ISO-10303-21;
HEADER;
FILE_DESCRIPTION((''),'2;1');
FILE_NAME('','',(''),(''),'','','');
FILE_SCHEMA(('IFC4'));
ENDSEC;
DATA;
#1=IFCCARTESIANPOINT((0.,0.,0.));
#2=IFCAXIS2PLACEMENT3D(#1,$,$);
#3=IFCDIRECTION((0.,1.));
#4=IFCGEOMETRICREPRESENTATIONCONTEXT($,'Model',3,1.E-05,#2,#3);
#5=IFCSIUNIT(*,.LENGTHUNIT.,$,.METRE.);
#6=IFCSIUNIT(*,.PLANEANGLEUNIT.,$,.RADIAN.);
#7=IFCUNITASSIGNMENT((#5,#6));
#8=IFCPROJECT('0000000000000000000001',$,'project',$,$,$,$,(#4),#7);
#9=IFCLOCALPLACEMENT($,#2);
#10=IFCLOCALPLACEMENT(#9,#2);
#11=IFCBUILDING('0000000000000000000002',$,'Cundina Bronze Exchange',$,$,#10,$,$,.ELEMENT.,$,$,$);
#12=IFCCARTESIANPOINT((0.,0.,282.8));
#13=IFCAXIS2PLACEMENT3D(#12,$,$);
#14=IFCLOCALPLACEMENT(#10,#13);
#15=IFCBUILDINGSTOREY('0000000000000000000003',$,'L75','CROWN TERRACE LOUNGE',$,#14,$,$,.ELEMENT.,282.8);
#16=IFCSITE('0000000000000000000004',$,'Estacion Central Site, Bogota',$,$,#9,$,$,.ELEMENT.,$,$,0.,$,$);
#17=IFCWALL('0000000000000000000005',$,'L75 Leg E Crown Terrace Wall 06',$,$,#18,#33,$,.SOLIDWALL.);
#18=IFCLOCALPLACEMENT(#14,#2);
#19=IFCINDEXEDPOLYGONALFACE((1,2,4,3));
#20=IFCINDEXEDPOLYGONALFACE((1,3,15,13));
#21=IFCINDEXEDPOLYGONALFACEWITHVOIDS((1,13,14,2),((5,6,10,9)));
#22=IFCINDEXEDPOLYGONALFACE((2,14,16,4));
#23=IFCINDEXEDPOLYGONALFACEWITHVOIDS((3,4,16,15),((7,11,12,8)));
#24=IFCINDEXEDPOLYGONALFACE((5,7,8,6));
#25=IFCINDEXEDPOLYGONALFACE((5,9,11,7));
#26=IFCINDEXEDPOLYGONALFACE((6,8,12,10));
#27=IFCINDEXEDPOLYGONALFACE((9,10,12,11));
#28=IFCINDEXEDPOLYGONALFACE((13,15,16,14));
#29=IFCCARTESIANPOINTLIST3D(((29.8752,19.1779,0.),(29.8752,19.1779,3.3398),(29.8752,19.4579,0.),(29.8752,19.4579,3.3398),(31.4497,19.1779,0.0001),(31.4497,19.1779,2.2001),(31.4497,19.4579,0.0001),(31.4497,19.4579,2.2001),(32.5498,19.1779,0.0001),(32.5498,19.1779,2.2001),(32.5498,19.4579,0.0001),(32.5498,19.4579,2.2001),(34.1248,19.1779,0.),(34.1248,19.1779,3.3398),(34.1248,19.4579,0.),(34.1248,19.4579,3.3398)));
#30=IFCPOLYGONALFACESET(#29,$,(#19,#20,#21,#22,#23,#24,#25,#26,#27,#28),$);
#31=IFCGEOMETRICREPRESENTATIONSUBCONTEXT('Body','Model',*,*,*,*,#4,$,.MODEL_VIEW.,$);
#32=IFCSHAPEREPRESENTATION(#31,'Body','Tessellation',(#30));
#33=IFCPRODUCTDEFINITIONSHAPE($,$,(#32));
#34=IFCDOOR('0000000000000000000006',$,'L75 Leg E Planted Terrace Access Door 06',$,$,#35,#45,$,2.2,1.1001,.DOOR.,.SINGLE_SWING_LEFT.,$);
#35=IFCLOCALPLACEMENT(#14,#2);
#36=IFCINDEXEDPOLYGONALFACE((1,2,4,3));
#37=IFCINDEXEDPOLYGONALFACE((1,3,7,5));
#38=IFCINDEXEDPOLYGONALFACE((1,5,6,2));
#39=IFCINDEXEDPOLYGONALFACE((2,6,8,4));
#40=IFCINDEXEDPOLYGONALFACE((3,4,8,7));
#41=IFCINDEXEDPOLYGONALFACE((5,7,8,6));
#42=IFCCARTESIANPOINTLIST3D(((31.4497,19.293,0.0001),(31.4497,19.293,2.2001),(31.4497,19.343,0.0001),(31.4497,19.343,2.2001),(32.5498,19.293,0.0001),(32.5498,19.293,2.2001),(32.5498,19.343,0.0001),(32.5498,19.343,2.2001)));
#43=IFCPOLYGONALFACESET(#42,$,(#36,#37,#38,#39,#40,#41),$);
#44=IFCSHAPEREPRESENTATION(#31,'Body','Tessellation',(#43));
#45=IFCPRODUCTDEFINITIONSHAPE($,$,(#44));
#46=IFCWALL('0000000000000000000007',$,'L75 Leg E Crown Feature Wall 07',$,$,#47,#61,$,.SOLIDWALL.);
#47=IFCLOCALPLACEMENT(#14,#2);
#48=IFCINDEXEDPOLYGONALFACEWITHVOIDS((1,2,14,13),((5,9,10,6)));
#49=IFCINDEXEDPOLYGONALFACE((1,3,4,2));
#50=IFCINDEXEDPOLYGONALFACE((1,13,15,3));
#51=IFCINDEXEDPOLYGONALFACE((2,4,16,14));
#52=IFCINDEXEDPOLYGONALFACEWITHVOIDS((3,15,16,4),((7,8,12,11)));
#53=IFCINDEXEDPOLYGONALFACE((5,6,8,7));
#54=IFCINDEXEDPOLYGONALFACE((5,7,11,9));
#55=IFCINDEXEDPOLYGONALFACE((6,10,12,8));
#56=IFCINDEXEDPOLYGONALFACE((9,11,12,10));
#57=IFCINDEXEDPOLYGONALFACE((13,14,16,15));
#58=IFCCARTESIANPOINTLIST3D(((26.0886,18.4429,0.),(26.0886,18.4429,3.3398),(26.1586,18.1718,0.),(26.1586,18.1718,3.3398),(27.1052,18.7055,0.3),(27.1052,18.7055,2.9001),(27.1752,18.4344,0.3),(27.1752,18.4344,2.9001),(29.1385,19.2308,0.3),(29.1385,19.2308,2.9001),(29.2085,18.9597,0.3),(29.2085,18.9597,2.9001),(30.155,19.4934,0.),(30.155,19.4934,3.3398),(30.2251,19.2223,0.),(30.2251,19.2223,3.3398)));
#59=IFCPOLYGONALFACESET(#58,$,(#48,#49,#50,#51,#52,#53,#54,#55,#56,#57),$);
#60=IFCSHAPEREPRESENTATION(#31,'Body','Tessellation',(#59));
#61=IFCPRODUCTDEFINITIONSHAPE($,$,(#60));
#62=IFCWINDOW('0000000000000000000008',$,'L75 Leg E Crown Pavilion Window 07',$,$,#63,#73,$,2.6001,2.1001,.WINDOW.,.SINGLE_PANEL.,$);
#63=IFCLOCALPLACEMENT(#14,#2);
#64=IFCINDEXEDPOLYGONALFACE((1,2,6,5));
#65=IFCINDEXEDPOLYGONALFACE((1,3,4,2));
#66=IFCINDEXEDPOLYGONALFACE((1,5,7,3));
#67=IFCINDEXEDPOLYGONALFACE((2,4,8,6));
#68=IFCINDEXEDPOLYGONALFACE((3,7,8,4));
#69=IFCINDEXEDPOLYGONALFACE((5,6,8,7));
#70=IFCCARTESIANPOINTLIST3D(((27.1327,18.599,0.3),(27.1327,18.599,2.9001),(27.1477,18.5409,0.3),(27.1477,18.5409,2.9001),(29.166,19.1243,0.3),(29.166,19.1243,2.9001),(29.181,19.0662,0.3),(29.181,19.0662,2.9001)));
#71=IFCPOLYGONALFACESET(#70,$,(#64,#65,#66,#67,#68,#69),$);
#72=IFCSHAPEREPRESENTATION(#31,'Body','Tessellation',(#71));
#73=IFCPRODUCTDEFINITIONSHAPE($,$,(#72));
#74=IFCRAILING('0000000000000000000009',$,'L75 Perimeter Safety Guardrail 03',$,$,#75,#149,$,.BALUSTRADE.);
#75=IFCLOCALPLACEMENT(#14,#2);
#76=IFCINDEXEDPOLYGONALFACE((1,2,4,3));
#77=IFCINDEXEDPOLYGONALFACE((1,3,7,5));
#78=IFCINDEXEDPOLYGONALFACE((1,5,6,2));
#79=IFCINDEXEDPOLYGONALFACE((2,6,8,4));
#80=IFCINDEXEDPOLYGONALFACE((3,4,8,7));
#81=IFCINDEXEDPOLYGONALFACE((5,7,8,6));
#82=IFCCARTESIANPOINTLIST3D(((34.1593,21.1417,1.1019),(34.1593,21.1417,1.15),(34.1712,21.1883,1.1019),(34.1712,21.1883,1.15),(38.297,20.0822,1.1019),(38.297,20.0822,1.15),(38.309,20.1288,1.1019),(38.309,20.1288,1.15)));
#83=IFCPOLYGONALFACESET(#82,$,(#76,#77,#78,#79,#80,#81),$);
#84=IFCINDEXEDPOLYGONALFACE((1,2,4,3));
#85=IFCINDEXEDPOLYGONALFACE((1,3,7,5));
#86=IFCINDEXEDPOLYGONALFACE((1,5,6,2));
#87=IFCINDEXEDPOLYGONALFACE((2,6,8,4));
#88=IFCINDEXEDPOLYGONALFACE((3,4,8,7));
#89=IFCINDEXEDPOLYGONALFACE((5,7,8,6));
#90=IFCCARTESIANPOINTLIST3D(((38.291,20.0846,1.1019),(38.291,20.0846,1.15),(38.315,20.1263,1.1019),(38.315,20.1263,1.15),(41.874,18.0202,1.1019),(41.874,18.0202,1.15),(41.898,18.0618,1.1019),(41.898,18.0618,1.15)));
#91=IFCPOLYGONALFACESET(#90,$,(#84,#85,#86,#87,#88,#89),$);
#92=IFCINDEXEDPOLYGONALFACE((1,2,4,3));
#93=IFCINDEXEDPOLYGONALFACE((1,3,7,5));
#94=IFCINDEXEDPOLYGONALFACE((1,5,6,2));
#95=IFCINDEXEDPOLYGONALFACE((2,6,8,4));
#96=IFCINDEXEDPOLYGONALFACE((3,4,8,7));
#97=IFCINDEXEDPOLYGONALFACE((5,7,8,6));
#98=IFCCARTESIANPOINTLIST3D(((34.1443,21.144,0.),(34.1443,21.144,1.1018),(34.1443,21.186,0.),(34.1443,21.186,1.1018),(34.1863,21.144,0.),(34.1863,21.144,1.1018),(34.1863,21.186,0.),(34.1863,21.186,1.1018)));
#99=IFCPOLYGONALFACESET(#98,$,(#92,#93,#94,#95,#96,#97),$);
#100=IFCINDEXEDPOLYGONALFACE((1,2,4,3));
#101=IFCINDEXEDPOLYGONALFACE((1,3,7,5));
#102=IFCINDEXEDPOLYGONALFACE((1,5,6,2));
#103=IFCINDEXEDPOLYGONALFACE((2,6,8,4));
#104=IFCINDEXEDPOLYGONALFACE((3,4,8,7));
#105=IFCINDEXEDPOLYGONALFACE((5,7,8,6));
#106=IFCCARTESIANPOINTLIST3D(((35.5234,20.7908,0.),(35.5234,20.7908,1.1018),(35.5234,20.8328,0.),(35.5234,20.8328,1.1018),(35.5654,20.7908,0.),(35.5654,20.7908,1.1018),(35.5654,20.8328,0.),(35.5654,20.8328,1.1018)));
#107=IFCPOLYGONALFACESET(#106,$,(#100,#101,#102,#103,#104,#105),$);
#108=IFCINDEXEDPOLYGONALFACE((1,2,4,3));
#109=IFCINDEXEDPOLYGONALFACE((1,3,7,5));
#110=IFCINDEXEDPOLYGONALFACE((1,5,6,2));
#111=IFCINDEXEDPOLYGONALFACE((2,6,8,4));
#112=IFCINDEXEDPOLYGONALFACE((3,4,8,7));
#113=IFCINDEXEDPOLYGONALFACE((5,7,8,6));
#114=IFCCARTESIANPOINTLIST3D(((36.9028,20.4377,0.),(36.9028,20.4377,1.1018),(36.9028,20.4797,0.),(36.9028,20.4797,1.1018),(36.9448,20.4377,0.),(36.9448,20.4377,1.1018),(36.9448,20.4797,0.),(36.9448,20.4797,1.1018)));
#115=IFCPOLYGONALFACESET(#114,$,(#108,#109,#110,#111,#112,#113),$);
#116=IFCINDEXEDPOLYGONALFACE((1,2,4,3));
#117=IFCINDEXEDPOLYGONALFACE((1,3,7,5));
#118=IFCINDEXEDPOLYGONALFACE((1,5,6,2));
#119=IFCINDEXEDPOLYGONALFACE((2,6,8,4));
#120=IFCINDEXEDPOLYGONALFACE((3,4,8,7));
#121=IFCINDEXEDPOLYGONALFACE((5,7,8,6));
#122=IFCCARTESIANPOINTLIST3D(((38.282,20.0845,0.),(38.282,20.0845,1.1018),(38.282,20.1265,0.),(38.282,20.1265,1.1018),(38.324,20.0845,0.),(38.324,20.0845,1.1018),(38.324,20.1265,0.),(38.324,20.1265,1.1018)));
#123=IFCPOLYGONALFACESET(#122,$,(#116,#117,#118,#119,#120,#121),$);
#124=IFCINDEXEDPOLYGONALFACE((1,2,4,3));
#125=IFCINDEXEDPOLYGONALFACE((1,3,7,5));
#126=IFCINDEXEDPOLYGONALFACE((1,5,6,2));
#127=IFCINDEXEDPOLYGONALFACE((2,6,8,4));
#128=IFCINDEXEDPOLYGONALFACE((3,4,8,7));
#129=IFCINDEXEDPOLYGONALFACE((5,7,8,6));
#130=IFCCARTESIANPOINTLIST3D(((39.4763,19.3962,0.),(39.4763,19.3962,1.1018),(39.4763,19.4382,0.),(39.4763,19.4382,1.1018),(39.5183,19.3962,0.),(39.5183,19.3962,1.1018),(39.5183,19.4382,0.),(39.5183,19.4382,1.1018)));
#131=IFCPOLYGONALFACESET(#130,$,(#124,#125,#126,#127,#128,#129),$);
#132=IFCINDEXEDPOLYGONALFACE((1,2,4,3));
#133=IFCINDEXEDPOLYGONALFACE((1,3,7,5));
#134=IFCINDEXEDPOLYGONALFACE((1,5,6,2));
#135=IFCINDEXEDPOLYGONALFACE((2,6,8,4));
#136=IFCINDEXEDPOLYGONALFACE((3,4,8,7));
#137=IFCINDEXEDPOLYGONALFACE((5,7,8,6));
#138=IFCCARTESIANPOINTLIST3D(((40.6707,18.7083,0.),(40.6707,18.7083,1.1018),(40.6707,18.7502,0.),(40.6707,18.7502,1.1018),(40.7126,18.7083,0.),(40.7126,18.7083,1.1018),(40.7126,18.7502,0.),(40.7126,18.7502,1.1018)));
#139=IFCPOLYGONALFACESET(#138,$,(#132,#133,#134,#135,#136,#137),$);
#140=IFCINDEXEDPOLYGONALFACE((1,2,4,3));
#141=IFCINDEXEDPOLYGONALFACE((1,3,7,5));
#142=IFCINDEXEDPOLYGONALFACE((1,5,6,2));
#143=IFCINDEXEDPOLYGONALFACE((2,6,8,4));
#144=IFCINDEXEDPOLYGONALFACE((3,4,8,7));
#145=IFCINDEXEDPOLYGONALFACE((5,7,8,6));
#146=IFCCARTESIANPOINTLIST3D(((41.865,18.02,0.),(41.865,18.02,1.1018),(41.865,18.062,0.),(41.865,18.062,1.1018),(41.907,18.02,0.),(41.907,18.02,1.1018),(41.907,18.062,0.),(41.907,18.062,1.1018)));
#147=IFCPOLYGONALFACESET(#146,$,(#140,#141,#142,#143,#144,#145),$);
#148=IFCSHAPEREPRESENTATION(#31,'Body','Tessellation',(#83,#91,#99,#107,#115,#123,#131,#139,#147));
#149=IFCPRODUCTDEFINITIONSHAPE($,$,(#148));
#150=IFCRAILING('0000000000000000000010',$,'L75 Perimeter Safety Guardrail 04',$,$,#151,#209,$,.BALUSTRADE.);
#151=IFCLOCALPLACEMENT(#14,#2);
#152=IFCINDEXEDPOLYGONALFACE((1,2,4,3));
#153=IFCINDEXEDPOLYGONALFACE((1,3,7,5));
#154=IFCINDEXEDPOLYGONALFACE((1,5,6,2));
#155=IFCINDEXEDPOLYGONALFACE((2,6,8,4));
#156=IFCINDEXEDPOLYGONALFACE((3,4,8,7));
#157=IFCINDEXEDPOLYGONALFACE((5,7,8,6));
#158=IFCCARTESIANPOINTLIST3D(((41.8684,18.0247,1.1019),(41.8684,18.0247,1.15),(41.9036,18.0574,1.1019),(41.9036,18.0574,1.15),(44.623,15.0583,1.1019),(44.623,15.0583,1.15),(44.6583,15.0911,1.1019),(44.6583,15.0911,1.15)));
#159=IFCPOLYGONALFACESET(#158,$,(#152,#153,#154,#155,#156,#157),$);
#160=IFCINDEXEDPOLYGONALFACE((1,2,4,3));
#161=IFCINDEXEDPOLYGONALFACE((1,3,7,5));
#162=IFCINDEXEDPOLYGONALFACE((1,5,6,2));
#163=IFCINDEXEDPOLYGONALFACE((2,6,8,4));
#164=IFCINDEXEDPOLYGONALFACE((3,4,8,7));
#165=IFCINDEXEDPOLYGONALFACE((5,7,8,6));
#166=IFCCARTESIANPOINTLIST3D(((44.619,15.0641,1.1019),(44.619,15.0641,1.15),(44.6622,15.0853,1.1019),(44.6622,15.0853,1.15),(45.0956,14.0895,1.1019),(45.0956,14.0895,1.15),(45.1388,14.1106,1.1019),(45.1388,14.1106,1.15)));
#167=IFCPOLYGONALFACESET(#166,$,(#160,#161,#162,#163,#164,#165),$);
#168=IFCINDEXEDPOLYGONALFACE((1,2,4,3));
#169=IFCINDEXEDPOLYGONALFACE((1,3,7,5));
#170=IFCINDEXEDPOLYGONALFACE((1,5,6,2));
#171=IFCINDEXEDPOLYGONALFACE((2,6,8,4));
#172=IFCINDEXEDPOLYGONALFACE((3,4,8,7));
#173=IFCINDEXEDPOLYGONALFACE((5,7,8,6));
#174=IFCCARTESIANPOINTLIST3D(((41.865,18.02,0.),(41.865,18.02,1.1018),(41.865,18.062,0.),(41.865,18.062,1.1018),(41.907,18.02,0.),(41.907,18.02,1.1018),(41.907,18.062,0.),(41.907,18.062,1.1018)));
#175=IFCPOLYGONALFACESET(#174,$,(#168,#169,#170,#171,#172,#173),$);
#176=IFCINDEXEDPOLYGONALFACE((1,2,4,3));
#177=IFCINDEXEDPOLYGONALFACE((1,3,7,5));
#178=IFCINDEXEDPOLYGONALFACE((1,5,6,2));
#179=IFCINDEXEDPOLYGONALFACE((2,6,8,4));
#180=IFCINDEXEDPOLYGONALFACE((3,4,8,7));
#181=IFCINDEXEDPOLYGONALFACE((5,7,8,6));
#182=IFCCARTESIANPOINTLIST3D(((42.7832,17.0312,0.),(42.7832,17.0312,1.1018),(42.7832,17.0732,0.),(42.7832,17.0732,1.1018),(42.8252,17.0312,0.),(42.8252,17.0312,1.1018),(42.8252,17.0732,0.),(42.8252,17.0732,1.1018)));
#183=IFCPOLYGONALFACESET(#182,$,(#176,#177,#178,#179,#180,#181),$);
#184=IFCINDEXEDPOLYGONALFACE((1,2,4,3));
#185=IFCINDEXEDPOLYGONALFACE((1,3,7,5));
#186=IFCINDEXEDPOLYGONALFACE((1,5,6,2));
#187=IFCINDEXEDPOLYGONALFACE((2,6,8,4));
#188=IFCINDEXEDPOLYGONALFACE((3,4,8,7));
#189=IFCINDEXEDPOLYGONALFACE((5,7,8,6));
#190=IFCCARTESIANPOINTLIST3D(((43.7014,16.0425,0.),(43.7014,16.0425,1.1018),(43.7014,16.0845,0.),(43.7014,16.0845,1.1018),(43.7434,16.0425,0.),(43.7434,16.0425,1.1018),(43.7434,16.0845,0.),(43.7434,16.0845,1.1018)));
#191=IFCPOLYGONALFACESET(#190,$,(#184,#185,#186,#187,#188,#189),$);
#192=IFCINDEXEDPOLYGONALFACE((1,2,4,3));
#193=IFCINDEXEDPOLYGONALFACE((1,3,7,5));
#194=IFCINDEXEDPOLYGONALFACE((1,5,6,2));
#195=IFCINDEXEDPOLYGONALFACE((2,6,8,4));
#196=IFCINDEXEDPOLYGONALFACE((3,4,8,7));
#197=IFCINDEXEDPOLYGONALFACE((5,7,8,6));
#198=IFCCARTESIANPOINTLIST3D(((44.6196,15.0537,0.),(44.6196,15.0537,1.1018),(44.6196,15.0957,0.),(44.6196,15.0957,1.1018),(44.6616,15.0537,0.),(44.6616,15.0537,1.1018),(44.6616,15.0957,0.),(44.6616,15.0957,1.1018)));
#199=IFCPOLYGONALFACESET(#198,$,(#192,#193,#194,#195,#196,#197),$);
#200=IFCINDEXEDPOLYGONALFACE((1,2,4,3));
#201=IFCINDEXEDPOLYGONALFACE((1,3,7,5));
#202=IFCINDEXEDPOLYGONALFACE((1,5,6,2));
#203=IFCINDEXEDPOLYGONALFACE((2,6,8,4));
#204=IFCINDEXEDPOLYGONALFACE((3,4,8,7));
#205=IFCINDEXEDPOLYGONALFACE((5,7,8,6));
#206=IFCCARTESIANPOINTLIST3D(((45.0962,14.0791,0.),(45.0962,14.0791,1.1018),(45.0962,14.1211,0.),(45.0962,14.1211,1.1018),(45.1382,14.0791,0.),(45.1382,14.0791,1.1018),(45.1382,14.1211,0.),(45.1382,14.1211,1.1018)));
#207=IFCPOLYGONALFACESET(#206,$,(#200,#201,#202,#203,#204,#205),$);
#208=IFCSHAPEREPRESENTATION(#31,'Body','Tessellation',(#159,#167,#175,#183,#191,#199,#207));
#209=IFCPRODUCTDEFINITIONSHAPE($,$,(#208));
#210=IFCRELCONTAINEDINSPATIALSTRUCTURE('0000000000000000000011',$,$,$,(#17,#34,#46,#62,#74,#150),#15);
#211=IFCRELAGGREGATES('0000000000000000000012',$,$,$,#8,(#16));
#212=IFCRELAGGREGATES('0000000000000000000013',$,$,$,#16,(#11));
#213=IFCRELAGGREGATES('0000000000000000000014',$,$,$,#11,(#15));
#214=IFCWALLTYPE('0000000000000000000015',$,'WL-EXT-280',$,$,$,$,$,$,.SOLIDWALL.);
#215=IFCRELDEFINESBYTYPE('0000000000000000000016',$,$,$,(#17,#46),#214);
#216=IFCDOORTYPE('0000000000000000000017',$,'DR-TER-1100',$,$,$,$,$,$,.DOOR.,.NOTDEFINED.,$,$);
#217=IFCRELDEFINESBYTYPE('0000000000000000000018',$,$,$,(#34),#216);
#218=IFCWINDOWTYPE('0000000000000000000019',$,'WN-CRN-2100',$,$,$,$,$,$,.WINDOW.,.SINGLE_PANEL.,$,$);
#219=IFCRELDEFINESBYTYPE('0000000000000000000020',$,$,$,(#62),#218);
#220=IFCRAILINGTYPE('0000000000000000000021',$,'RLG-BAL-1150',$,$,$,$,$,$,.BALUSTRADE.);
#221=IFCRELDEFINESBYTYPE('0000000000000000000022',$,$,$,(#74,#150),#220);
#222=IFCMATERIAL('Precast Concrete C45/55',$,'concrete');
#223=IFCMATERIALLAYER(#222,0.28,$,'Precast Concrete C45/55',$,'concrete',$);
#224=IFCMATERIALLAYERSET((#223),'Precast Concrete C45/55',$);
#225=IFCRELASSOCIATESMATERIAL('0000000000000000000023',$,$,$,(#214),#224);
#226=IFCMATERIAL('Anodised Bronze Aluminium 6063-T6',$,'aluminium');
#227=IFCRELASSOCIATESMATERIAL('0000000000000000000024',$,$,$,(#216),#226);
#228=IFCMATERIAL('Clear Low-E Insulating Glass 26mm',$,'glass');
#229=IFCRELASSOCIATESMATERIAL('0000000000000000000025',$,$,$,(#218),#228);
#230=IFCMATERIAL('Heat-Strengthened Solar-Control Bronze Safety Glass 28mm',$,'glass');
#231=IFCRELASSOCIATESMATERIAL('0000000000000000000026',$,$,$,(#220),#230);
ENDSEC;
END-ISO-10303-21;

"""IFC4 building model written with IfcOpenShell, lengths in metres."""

from ifc_helpers import new_model, si_unit, direction, frame, frame_2d, origin, origin_2d, place, context, subcontext, project, spatial, rectangle, extrude, material, layer, layer_set, type_object, element, fill, save


model = new_model("IFC4")

# Units and contexts
model_context = context("Model", 3, precision=1e-05, world=origin(), true_north=direction((0.0, 1.0)))
body_context = subcontext(model_context, "Body", "Model", "MODEL_VIEW")
ifc_project = project(units=[si_unit("LENGTHUNIT", "METRE"), si_unit("PLANEANGLEUNIT", "RADIAN")], contexts=[model_context])

# Site, building, storey
site_placement = place(None, origin())
site = spatial("IfcSite", under=ifc_project, at=site_placement, Name="Estacion Central Site, Bogota", CompositionType="ELEMENT", RefElevation=0.0)
building_placement = place(site_placement, origin())
building = spatial("IfcBuilding", under=site, at=building_placement, Name="Cundina Bronze Exchange", CompositionType="ELEMENT")
storey_placement = place(building_placement, frame((0.0, 0.0, 282.8)))
storey = spatial("IfcBuildingStorey", under=building, at=storey_placement, Name="L75", Description="CROWN TERRACE LOUNGE", CompositionType="ELEMENT", Elevation=282.8)

# Shared definitions
ifc_material_1 = material(Name="Anodised Bronze Aluminium 6063-T6", Category="aluminium")

# Shared definitions
ifc_material_2 = material(Name="Clear Low-E Insulating Glass 26mm", Category="glass")

# Wall, opening, door
ifc_material_3 = material(Name="Precast Concrete C45/55", Category="concrete")
ifc_layer_1 = layer(ifc_material_3, 0.28, Name="Precast Concrete C45/55", Category="concrete")
ifc_layer_set_1 = layer_set([ifc_layer_1], Name="Precast Concrete C45/55")
wall_type_1 = type_object("IfcWallType", Name="WL-EXT-280", PredefinedType="SOLIDWALL", material=ifc_layer_set_1)
wall_1_placement = place(storey_placement, frame((34.1248, 19.3179, 0.0), z_axis=(0.0, 0.0, 1.0), x_axis=(-1.0, 0.0, 0.0)))
wall_1 = element("IfcWall", 1, at=wall_1_placement, inside=storey, type_object=wall_type_1, Name="L75 Leg E Crown Terrace Wall 06", PredefinedType="SOLIDWALL", context=body_context, shape_type="SweptSolid", body=[
    extrude(rectangle(XDim=4.2495, YDim=0.28, at=frame_2d((2.1248, 0.0))), origin(), (0.0, 0.0, 1.0), 3.3398),
])
opening_1_placement = place(wall_1_placement, frame((1.575, 0.0, 0.0)))
opening_1 = element("IfcOpeningElement", 2, at=opening_1_placement, cuts=wall_1, PredefinedType="OPENING", context=body_context, shape_type="SweptSolid", body=[
    extrude(rectangle(XDim=1.1001, YDim=2.2, at=frame_2d((0.55, 1.1001))), frame((0.0, 0.1499, 0.0), z_axis=(0.0, -1.0, 0.0), x_axis=(1.0, 0.0, 0.0)), (0.0, 0.0, 1.0), 0.3),
])
door_type = type_object("IfcDoorType", Name="DR-TER-1100", OperationType="NOTDEFINED", PredefinedType="DOOR", material=ifc_material_1)
door_placement = place(opening_1_placement, origin())
door = element("IfcDoor", 3, at=door_placement, inside=storey, type_object=door_type, Name="L75 Leg E Planted Terrace Access Door 06", OperationType="SINGLE_SWING_LEFT", OverallHeight=2.2, OverallWidth=1.1001, PredefinedType="DOOR", context=body_context, shape_type="SweptSolid", body=[
    extrude(rectangle(XDim=1.1001, YDim=2.2, at=frame_2d((0.55, 1.1001))), frame((0.0, 0.0249, 0.0), z_axis=(0.0, -1.0, 0.0), x_axis=(1.0, 0.0, 0.0)), (0.0, 0.0, 1.0), 0.05),
])
fill(opening_1, door)

# Wall, opening, window
wall_2_placement = place(storey_placement, frame((30.1902, 19.3579, 0.0), z_axis=(0.0, 0.0, 1.0), x_axis=(-0.968212, -0.250133, 0.0)))
wall_2 = element("IfcWall", 4, at=wall_2_placement, inside=storey, type_object=wall_type_1, Name="L75 Leg E Crown Feature Wall 07", PredefinedType="SOLIDWALL", context=body_context, shape_type="SweptSolid", body=[
    extrude(rectangle(XDim=4.2, YDim=0.28, at=frame_2d((2.1001, 0.0))), origin(), (0.0, 0.0, 1.0), 3.3398),
])
opening_2_placement = place(wall_2_placement, frame((1.05, 0.0, 0.3)))
opening_2 = element("IfcOpeningElement", 5, at=opening_2_placement, cuts=wall_2, PredefinedType="OPENING", context=body_context, shape_type="SweptSolid", body=[
    extrude(rectangle(XDim=2.1001, YDim=2.6001, at=frame_2d((1.05, 1.3))), frame((0.0, 0.1499, 0.0), z_axis=(0.0, -1.0, 0.0), x_axis=(1.0, 0.0, 0.0)), (0.0, 0.0, 1.0), 0.3),
])
window_type = type_object("IfcWindowType", Name="WN-CRN-2100", PartitioningType="SINGLE_PANEL", PredefinedType="WINDOW", material=ifc_material_2)
window_placement = place(opening_2_placement, origin())
window = element("IfcWindow", 6, at=window_placement, inside=storey, type_object=window_type, Name="L75 Leg E Crown Pavilion Window 07", OverallHeight=2.6001, OverallWidth=2.1001, PartitioningType="SINGLE_PANEL", PredefinedType="WINDOW", context=body_context, shape_type="SweptSolid", body=[
    extrude(rectangle(XDim=2.1001, YDim=2.6001, at=frame_2d((1.05, 1.3))), frame((0.0, 0.03, 0.0), z_axis=(0.0, -1.0, 0.0), x_axis=(1.0, 0.0, 0.0)), (0.0, 0.0, 1.0), 0.0601),
])
fill(opening_2, window)

# Railings
ifc_material_4 = material(Name="Heat-Strengthened Solar-Control Bronze Safety Glass 28mm", Category="glass")
railing_type = type_object("IfcRailingType", Name="RLG-BAL-1150", PredefinedType="BALUSTRADE", material=ifc_material_4)
railing_1_placement = place(storey_placement, frame((34.1653, 21.165, 0.0)))
element("IfcRailing", 7, at=railing_1_placement, inside=storey, type_object=railing_type, Name="L75 Perimeter Safety Guardrail 03", PredefinedType="BALUSTRADE", context=body_context, shape_type="SweptSolid", body=[
    extrude(rectangle(XDim=0.0481, YDim=0.0481, at=origin_2d()), frame((0.0, 0.0, 1.126), z_axis=(0.968741, -0.248073, 0.0), x_axis=(0.248073, 0.968741, 0.0)), (0.0, 0.0, 1.0), 4.2712),
    extrude(rectangle(XDim=0.0481, YDim=0.0481, at=origin_2d()), frame((4.1377, -1.0596, 1.126), z_axis=(0.866465, -0.499239, 0.0), x_axis=(0.499239, 0.866465, 0.0)), (0.0, 0.0, 1.0), 4.1353),
    extrude(rectangle(XDim=0.042, YDim=0.042, at=origin_2d()), origin(), (0.0, 0.0, 1.0), 1.1018),
    extrude(rectangle(XDim=0.042, YDim=0.042, at=origin_2d()), frame((1.3792, -0.3533, 0.0)), (0.0, 0.0, 1.0), 1.1018),
    extrude(rectangle(XDim=0.042, YDim=0.042, at=origin_2d()), frame((2.7585, -0.7063, 0.0)), (0.0, 0.0, 1.0), 1.1018),
    extrude(rectangle(XDim=0.042, YDim=0.042, at=origin_2d()), frame((4.1377, -1.0596, 0.0)), (0.0, 0.0, 1.0), 1.1018),
    extrude(rectangle(XDim=0.042, YDim=0.042, at=origin_2d()), frame((5.332, -1.7478, 0.0)), (0.0, 0.0, 1.0), 1.1018),
    extrude(rectangle(XDim=0.042, YDim=0.042, at=origin_2d()), frame((6.5264, -2.4358, 0.0)), (0.0, 0.0, 1.0), 1.1018),
    extrude(rectangle(XDim=0.042, YDim=0.042, at=origin_2d()), frame((7.7207, -3.124, 0.0)), (0.0, 0.0, 1.0), 1.1018),
])
railing_2_placement = place(storey_placement, frame((41.886, 18.041, 0.0)))
element("IfcRailing", 8, at=railing_2_placement, inside=storey, type_object=railing_type, Name="L75 Perimeter Safety Guardrail 04", PredefinedType="BALUSTRADE", context=body_context, shape_type="SweptSolid", body=[
    extrude(rectangle(XDim=0.0481, YDim=0.0481, at=origin_2d()), frame((0.0, 0.0, 1.126), z_axis=(0.680479, -0.732768, 0.0), x_axis=(0.732768, 0.680479, 0.0)), (0.0, 0.0, 1.0), 4.0481),
    extrude(rectangle(XDim=0.0481, YDim=0.0481, at=origin_2d()), frame((2.7546, -2.9663, 1.126), z_axis=(0.439275, -0.898353, 0.0), x_axis=(0.898353, 0.439275, 0.0)), (0.0, 0.0, 1.0), 1.085),
    extrude(rectangle(XDim=0.042, YDim=0.042, at=origin_2d()), origin(), (0.0, 0.0, 1.0), 1.1018),
    extrude(rectangle(XDim=0.042, YDim=0.042, at=origin_2d()), frame((0.9182, -0.9888, 0.0)), (0.0, 0.0, 1.0), 1.1018),
    extrude(rectangle(XDim=0.042, YDim=0.042, at=origin_2d()), frame((1.8364, -1.9775, 0.0)), (0.0, 0.0, 1.0), 1.1018),
    extrude(rectangle(XDim=0.042, YDim=0.042, at=origin_2d()), frame((2.7546, -2.9663, 0.0)), (0.0, 0.0, 1.0), 1.1018),
    extrude(rectangle(XDim=0.042, YDim=0.042, at=origin_2d()), frame((3.2312, -3.9409, 0.0)), (0.0, 0.0, 1.0), 1.1018),
])

save(model, "model.ifc")
